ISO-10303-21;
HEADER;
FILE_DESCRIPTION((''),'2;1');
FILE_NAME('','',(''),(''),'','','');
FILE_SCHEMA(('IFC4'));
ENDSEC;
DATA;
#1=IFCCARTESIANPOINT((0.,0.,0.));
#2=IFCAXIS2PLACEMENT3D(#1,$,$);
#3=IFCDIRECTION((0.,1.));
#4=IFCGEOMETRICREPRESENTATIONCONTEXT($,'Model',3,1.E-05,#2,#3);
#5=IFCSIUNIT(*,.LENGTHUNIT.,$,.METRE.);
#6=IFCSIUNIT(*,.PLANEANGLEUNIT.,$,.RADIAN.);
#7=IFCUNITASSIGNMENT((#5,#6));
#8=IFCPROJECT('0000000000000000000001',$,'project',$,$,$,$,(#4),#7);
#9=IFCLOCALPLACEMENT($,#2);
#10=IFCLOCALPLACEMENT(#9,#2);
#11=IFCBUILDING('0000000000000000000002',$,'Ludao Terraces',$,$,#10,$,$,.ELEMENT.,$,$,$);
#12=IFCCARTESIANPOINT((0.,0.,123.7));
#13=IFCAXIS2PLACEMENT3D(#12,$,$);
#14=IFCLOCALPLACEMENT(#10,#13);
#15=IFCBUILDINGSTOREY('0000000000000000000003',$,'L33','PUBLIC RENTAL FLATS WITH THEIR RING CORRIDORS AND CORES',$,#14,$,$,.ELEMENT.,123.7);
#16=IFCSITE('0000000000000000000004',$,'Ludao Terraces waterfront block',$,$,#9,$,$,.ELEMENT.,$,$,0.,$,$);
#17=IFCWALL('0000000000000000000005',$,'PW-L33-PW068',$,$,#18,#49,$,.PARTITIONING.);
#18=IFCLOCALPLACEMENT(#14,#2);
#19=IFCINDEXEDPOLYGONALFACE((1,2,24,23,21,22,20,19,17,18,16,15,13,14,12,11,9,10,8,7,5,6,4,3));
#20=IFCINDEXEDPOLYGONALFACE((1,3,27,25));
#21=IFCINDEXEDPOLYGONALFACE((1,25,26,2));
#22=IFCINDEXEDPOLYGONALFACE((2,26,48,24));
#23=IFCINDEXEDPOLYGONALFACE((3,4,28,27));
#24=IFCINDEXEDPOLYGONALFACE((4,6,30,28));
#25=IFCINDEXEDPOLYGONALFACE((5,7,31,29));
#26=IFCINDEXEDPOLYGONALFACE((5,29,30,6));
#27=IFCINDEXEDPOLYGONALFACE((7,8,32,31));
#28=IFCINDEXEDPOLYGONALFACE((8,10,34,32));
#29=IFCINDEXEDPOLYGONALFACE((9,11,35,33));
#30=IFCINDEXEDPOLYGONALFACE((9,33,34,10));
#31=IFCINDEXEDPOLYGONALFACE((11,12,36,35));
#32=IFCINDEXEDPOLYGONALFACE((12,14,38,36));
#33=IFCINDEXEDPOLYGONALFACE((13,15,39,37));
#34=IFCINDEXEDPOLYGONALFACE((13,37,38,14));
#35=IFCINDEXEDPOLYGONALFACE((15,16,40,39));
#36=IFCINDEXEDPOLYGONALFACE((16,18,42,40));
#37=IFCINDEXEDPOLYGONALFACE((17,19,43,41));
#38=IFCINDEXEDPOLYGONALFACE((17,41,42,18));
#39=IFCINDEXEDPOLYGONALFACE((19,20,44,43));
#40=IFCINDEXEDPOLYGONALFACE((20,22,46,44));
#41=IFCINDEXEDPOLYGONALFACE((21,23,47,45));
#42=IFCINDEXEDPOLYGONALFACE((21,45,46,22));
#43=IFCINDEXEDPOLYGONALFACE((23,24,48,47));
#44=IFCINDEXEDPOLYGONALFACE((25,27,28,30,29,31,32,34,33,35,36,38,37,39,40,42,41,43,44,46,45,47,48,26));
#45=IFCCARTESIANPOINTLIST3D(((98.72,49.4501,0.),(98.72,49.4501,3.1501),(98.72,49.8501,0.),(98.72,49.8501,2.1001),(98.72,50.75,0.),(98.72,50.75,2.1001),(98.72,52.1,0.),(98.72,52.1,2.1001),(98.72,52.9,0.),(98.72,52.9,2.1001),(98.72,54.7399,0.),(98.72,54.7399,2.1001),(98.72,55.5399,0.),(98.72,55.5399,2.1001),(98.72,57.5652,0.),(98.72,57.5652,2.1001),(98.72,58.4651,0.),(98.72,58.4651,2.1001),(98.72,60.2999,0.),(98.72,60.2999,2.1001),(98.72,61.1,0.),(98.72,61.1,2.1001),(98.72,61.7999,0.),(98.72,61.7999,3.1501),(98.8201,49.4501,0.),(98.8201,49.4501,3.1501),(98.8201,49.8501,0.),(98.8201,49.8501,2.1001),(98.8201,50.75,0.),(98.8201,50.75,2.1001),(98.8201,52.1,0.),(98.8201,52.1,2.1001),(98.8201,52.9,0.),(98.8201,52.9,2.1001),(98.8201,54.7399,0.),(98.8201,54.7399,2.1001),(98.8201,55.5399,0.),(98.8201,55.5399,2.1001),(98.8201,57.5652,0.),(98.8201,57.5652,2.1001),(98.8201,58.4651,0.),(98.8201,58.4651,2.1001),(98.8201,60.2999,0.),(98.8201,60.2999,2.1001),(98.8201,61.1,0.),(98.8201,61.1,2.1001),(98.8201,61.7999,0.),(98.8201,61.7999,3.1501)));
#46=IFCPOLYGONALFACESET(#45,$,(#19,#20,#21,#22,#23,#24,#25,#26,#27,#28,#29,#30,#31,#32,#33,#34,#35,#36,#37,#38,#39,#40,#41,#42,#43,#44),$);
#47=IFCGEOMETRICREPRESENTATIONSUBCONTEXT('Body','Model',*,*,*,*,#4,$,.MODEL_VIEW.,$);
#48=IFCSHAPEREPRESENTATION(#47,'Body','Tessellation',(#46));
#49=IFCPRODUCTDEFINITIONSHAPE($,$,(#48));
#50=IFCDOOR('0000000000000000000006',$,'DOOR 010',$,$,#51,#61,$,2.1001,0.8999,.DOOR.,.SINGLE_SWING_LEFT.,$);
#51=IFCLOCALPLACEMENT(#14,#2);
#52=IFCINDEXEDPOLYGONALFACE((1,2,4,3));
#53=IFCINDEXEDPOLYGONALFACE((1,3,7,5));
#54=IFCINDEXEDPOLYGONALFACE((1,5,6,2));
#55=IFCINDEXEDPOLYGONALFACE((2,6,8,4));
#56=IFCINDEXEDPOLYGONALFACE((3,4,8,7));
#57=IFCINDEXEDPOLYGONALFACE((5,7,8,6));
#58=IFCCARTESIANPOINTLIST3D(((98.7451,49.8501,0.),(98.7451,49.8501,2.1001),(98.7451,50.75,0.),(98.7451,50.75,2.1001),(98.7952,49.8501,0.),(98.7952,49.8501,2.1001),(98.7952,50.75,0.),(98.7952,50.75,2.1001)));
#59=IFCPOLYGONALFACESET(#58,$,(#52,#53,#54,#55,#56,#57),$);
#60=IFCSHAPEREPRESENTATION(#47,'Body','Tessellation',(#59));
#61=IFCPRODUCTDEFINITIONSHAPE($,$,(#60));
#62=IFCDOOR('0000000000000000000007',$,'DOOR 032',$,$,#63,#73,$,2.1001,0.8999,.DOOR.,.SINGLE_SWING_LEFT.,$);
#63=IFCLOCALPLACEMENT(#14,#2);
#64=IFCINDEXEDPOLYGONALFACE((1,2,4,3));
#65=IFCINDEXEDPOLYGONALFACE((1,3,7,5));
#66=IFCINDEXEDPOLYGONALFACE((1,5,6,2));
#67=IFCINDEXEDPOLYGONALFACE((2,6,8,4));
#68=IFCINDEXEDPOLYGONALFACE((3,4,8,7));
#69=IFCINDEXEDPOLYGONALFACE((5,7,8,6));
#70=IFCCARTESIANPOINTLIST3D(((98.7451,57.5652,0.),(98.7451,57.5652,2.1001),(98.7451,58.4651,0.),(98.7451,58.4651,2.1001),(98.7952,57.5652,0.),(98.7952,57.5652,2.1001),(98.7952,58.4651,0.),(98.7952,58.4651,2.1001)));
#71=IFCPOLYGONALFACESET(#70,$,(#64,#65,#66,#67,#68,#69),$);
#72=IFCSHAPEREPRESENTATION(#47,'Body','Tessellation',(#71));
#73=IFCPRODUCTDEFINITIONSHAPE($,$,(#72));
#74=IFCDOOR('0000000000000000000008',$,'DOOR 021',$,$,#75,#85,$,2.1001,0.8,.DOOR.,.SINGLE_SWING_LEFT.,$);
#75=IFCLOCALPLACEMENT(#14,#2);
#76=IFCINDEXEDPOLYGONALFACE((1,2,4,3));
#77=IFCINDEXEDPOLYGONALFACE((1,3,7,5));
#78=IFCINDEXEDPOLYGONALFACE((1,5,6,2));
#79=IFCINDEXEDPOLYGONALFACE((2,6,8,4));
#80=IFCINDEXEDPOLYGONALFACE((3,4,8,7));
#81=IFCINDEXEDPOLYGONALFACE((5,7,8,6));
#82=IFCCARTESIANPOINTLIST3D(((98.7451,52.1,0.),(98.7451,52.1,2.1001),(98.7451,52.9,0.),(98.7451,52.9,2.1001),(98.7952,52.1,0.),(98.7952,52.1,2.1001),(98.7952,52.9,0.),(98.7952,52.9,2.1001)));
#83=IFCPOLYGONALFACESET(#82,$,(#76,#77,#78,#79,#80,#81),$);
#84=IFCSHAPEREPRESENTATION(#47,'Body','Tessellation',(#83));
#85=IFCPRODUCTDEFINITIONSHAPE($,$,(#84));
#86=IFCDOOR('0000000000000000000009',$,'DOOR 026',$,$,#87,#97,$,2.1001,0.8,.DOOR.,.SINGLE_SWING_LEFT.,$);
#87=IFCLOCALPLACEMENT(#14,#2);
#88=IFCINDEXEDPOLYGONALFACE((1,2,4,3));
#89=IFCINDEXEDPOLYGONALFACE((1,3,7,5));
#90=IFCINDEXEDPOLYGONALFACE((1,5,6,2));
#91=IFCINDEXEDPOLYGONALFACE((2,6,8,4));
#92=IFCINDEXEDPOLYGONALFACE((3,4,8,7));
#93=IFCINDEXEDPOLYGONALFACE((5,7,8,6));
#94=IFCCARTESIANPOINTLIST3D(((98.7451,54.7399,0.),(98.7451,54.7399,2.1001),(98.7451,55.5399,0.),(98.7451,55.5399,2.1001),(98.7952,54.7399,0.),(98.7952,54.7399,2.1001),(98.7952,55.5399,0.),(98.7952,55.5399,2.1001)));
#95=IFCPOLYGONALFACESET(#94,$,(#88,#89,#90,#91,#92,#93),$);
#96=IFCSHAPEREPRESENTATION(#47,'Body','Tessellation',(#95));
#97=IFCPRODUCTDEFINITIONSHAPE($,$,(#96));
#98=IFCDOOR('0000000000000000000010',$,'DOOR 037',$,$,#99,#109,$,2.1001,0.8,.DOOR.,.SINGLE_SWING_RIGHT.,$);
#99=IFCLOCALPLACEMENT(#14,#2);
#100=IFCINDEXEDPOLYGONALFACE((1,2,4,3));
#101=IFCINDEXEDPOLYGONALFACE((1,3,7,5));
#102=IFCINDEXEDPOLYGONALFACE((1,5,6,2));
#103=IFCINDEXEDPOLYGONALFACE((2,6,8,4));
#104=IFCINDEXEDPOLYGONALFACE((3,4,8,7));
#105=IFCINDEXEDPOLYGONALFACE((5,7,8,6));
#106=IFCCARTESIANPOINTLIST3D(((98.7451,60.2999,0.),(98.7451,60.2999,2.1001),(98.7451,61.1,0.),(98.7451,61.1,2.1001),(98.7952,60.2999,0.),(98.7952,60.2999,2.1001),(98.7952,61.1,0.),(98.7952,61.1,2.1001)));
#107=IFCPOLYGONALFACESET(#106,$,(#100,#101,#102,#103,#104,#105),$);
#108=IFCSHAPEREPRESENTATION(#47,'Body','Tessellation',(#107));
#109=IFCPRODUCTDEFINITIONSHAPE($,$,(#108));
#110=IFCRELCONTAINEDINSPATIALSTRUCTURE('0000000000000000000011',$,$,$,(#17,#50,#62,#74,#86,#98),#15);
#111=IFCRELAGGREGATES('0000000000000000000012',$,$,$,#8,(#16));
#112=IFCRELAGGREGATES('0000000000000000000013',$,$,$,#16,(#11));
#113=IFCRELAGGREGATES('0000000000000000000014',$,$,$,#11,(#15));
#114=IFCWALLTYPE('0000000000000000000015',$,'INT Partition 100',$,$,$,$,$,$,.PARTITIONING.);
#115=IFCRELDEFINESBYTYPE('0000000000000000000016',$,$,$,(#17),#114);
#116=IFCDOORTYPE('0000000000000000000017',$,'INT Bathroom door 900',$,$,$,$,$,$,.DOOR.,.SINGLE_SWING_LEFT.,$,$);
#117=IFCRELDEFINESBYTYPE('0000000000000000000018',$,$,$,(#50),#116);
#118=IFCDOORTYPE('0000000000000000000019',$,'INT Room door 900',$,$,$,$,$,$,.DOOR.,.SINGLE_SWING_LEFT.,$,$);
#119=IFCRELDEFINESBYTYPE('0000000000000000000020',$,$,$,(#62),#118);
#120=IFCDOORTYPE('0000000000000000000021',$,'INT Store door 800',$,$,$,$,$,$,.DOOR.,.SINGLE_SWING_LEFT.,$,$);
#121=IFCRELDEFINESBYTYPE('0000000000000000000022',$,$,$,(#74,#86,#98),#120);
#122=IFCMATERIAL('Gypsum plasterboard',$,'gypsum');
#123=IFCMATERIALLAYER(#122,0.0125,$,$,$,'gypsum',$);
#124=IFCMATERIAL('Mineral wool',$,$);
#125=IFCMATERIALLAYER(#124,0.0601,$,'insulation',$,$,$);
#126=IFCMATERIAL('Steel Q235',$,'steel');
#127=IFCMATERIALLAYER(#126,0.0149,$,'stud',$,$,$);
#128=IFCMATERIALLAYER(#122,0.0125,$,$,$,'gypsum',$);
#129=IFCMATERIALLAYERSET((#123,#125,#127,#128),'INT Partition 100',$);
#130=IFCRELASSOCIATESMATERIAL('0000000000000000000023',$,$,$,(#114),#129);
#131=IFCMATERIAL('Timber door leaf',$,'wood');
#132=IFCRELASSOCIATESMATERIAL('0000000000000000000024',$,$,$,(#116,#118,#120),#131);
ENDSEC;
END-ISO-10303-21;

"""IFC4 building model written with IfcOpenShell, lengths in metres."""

from ifc_helpers import new_model, si_unit, direction, frame, frame_2d, origin, place, context, subcontext, project, spatial, rectangle, extrude, material, layer, layer_set, type_object, element, fill, save


model = new_model("IFC4")

# Units and contexts
model_context = context("Model", 3, precision=1e-05, world=origin(), true_north=direction((0.0, 1.0)))
body_context = subcontext(model_context, "Body", "Model", "MODEL_VIEW")
ifc_project = project(units=[si_unit("LENGTHUNIT", "METRE"), si_unit("PLANEANGLEUNIT", "RADIAN")], contexts=[model_context])

# Site, building, storey
site_placement = place(None, origin())
site = spatial("IfcSite", under=ifc_project, at=site_placement, Name="Ludao Terraces waterfront block", CompositionType="ELEMENT", RefElevation=0.0)
building_placement = place(site_placement, origin())
building = spatial("IfcBuilding", under=site, at=building_placement, Name="Ludao Terraces", CompositionType="ELEMENT")
storey_placement = place(building_placement, frame((0.0, 0.0, 123.7)))
storey = spatial("IfcBuildingStorey", under=building, at=storey_placement, Name="L33", Description="PUBLIC RENTAL FLATS WITH THEIR RING CORRIDORS AND CORES", CompositionType="ELEMENT", Elevation=123.7)

# Shared definitions
ifc_material_1 = material(Name="Mineral wool")

# Shared definitions
ifc_material_2 = material(Name="Gypsum plasterboard", Category="gypsum")
ifc_layer_1 = layer(ifc_material_2, 0.0125, Category="gypsum")
ifc_layer_2 = layer(ifc_material_1, 0.0601, Name="insulation")
ifc_material_3 = material(Name="Steel Q235", Category="steel")
ifc_layer_3 = layer(ifc_material_3, 0.0149, Name="stud")
ifc_layer_4 = layer(ifc_material_2, 0.0125, Category="gypsum")
ifc_layer_set_1 = layer_set([ifc_layer_1, ifc_layer_2, ifc_layer_3, ifc_layer_4], Name="INT Partition 100")
wall_type_1 = type_object("IfcWallType", Name="INT Partition 100", PredefinedType="PARTITIONING", material=ifc_layer_set_1)

# Wall, openings, doors
wall_1_placement = place(storey_placement, frame((98.77, 49.4502, 0.0), z_axis=(0.0, 0.0, 1.0), x_axis=(0.0, 1.0, 0.0)))
wall_1 = element("IfcWall", 1, at=wall_1_placement, inside=storey, type_object=wall_type_1, Name="PW-L33-PW068", PredefinedType="PARTITIONING", context=body_context, shape_type="SweptSolid", body=[
    extrude(rectangle(XDim=12.3499, YDim=0.1001, at=frame_2d((6.1748, 0.0))), origin(), (0.0, 0.0, 1.0), 3.1501),
])
opening_1_placement = place(wall_1_placement, frame((0.3999, 0.0, 0.0)))
opening_1 = element("IfcOpeningElement", 2, at=opening_1_placement, cuts=wall_1, PredefinedType="OPENING", context=body_context, shape_type="SweptSolid", body=[
    extrude(rectangle(XDim=0.8999, YDim=2.1001, at=frame_2d((0.45, 1.05))), frame((0.0, 0.0601, 0.0), z_axis=(0.0, -1.0, 0.0), x_axis=(1.0, 0.0, 0.0)), (0.0, 0.0, 1.0), 0.1201),
])
opening_2_placement = place(wall_1_placement, frame((2.6499, 0.0, 0.0)))
opening_2 = element("IfcOpeningElement", 3, at=opening_2_placement, cuts=wall_1, PredefinedType="OPENING", context=body_context, shape_type="SweptSolid", body=[
    extrude(rectangle(XDim=0.8, YDim=2.1001, at=frame_2d((0.3999, 1.05))), frame((0.0, 0.0601, 0.0), z_axis=(0.0, -1.0, 0.0), x_axis=(1.0, 0.0, 0.0)), (0.0, 0.0, 1.0), 0.1201),
])
opening_3_placement = place(wall_1_placement, frame((5.2898, 0.0, 0.0)))
opening_3 = element("IfcOpeningElement", 4, at=opening_3_placement, cuts=wall_1, PredefinedType="OPENING", context=body_context, shape_type="SweptSolid", body=[
    extrude(rectangle(XDim=0.8, YDim=2.1001, at=frame_2d((0.3999, 1.05))), frame((0.0, 0.0601, 0.0), z_axis=(0.0, -1.0, 0.0), x_axis=(1.0, 0.0, 0.0)), (0.0, 0.0, 1.0), 0.1201),
])
opening_4_placement = place(wall_1_placement, frame((8.115, 0.0, 0.0)))
opening_4 = element("IfcOpeningElement", 5, at=opening_4_placement, cuts=wall_1, PredefinedType="OPENING", context=body_context, shape_type="SweptSolid", body=[
    extrude(rectangle(XDim=0.8999, YDim=2.1001, at=frame_2d((0.45, 1.05))), frame((0.0, 0.0601, 0.0), z_axis=(0.0, -1.0, 0.0), x_axis=(1.0, 0.0, 0.0)), (0.0, 0.0, 1.0), 0.1201),
])
opening_5_placement = place(wall_1_placement, frame((10.8499, 0.0, 0.0)))
opening_5 = element("IfcOpeningElement", 6, at=opening_5_placement, cuts=wall_1, PredefinedType="OPENING", context=body_context, shape_type="SweptSolid", body=[
    extrude(rectangle(XDim=0.8, YDim=2.1001, at=frame_2d((0.3999, 1.05))), frame((0.0, 0.0601, 0.0), z_axis=(0.0, -1.0, 0.0), x_axis=(1.0, 0.0, 0.0)), (0.0, 0.0, 1.0), 0.1201),
])
ifc_material_4 = material(Name="Timber door leaf", Category="wood")
door_type_1 = type_object("IfcDoorType", Name="INT Bathroom door 900", OperationType="SINGLE_SWING_LEFT", PredefinedType="DOOR", material=ifc_material_4)
door_1_placement = place(opening_1_placement, origin())
door_1 = element("IfcDoor", 7, at=door_1_placement, inside=storey, type_object=door_type_1, Name="DOOR 010", OperationType="SINGLE_SWING_LEFT", OverallHeight=2.1001, OverallWidth=0.8999, PredefinedType="DOOR", context=body_context, shape_type="SweptSolid", body=[
    extrude(rectangle(XDim=0.8999, YDim=2.1001, at=frame_2d((0.45, 1.05))), frame((0.0, 0.0249, 0.0), z_axis=(0.0, -1.0, 0.0), x_axis=(1.0, 0.0, 0.0)), (0.0, 0.0, 1.0), 0.05),
])
fill(opening_1, door_1)
door_type_2 = type_object("IfcDoorType", Name="INT Room door 900", OperationType="SINGLE_SWING_LEFT", PredefinedType="DOOR", material=ifc_material_4)
door_2_placement = place(opening_4_placement, origin())
door_2 = element("IfcDoor", 8, at=door_2_placement, inside=storey, type_object=door_type_2, Name="DOOR 032", OperationType="SINGLE_SWING_LEFT", OverallHeight=2.1001, OverallWidth=0.8999, PredefinedType="DOOR", context=body_context, shape_type="SweptSolid", body=[
    extrude(rectangle(XDim=0.8999, YDim=2.1001, at=frame_2d((0.45, 1.05))), frame((0.0, 0.0249, 0.0), z_axis=(0.0, -1.0, 0.0), x_axis=(1.0, 0.0, 0.0)), (0.0, 0.0, 1.0), 0.05),
])
fill(opening_4, door_2)
door_type_3 = type_object("IfcDoorType", Name="INT Store door 800", OperationType="SINGLE_SWING_LEFT", PredefinedType="DOOR", material=ifc_material_4)
door_3_placement = place(opening_2_placement, origin())
door_3 = element("IfcDoor", 9, at=door_3_placement, inside=storey, type_object=door_type_3, Name="DOOR 021", OperationType="SINGLE_SWING_LEFT", OverallHeight=2.1001, OverallWidth=0.8, PredefinedType="DOOR", context=body_context, shape_type="SweptSolid", body=[
    extrude(rectangle(XDim=0.8, YDim=2.1001, at=frame_2d((0.3999, 1.05))), frame((0.0, 0.0249, 0.0), z_axis=(0.0, -1.0, 0.0), x_axis=(1.0, 0.0, 0.0)), (0.0, 0.0, 1.0), 0.05),
])
fill(opening_2, door_3)
door_4_placement = place(opening_3_placement, origin())
door_4 = element("IfcDoor", 10, at=door_4_placement, inside=storey, type_object=door_type_3, Name="DOOR 026", OperationType="SINGLE_SWING_LEFT", OverallHeight=2.1001, OverallWidth=0.8, PredefinedType="DOOR", context=body_context, shape_type="SweptSolid", body=[
    extrude(rectangle(XDim=0.8, YDim=2.1001, at=frame_2d((0.3999, 1.05))), frame((0.0, 0.0249, 0.0), z_axis=(0.0, -1.0, 0.0), x_axis=(1.0, 0.0, 0.0)), (0.0, 0.0, 1.0), 0.05),
])
fill(opening_3, door_4)
door_5_placement = place(opening_5_placement, origin())
door_5 = element("IfcDoor", 11, at=door_5_placement, inside=storey, type_object=door_type_3, Name="DOOR 037", OperationType="SINGLE_SWING_RIGHT", OverallHeight=2.1001, OverallWidth=0.8, PredefinedType="DOOR", context=body_context, shape_type="SweptSolid", body=[
    extrude(rectangle(XDim=0.8, YDim=2.1001, at=frame_2d((0.3999, 1.05))), frame((0.0, 0.0249, 0.0), z_axis=(0.0, -1.0, 0.0), x_axis=(1.0, 0.0, 0.0)), (0.0, 0.0, 1.0), 0.05),
])
fill(opening_5, door_5)

save(model, "model.ifc")
